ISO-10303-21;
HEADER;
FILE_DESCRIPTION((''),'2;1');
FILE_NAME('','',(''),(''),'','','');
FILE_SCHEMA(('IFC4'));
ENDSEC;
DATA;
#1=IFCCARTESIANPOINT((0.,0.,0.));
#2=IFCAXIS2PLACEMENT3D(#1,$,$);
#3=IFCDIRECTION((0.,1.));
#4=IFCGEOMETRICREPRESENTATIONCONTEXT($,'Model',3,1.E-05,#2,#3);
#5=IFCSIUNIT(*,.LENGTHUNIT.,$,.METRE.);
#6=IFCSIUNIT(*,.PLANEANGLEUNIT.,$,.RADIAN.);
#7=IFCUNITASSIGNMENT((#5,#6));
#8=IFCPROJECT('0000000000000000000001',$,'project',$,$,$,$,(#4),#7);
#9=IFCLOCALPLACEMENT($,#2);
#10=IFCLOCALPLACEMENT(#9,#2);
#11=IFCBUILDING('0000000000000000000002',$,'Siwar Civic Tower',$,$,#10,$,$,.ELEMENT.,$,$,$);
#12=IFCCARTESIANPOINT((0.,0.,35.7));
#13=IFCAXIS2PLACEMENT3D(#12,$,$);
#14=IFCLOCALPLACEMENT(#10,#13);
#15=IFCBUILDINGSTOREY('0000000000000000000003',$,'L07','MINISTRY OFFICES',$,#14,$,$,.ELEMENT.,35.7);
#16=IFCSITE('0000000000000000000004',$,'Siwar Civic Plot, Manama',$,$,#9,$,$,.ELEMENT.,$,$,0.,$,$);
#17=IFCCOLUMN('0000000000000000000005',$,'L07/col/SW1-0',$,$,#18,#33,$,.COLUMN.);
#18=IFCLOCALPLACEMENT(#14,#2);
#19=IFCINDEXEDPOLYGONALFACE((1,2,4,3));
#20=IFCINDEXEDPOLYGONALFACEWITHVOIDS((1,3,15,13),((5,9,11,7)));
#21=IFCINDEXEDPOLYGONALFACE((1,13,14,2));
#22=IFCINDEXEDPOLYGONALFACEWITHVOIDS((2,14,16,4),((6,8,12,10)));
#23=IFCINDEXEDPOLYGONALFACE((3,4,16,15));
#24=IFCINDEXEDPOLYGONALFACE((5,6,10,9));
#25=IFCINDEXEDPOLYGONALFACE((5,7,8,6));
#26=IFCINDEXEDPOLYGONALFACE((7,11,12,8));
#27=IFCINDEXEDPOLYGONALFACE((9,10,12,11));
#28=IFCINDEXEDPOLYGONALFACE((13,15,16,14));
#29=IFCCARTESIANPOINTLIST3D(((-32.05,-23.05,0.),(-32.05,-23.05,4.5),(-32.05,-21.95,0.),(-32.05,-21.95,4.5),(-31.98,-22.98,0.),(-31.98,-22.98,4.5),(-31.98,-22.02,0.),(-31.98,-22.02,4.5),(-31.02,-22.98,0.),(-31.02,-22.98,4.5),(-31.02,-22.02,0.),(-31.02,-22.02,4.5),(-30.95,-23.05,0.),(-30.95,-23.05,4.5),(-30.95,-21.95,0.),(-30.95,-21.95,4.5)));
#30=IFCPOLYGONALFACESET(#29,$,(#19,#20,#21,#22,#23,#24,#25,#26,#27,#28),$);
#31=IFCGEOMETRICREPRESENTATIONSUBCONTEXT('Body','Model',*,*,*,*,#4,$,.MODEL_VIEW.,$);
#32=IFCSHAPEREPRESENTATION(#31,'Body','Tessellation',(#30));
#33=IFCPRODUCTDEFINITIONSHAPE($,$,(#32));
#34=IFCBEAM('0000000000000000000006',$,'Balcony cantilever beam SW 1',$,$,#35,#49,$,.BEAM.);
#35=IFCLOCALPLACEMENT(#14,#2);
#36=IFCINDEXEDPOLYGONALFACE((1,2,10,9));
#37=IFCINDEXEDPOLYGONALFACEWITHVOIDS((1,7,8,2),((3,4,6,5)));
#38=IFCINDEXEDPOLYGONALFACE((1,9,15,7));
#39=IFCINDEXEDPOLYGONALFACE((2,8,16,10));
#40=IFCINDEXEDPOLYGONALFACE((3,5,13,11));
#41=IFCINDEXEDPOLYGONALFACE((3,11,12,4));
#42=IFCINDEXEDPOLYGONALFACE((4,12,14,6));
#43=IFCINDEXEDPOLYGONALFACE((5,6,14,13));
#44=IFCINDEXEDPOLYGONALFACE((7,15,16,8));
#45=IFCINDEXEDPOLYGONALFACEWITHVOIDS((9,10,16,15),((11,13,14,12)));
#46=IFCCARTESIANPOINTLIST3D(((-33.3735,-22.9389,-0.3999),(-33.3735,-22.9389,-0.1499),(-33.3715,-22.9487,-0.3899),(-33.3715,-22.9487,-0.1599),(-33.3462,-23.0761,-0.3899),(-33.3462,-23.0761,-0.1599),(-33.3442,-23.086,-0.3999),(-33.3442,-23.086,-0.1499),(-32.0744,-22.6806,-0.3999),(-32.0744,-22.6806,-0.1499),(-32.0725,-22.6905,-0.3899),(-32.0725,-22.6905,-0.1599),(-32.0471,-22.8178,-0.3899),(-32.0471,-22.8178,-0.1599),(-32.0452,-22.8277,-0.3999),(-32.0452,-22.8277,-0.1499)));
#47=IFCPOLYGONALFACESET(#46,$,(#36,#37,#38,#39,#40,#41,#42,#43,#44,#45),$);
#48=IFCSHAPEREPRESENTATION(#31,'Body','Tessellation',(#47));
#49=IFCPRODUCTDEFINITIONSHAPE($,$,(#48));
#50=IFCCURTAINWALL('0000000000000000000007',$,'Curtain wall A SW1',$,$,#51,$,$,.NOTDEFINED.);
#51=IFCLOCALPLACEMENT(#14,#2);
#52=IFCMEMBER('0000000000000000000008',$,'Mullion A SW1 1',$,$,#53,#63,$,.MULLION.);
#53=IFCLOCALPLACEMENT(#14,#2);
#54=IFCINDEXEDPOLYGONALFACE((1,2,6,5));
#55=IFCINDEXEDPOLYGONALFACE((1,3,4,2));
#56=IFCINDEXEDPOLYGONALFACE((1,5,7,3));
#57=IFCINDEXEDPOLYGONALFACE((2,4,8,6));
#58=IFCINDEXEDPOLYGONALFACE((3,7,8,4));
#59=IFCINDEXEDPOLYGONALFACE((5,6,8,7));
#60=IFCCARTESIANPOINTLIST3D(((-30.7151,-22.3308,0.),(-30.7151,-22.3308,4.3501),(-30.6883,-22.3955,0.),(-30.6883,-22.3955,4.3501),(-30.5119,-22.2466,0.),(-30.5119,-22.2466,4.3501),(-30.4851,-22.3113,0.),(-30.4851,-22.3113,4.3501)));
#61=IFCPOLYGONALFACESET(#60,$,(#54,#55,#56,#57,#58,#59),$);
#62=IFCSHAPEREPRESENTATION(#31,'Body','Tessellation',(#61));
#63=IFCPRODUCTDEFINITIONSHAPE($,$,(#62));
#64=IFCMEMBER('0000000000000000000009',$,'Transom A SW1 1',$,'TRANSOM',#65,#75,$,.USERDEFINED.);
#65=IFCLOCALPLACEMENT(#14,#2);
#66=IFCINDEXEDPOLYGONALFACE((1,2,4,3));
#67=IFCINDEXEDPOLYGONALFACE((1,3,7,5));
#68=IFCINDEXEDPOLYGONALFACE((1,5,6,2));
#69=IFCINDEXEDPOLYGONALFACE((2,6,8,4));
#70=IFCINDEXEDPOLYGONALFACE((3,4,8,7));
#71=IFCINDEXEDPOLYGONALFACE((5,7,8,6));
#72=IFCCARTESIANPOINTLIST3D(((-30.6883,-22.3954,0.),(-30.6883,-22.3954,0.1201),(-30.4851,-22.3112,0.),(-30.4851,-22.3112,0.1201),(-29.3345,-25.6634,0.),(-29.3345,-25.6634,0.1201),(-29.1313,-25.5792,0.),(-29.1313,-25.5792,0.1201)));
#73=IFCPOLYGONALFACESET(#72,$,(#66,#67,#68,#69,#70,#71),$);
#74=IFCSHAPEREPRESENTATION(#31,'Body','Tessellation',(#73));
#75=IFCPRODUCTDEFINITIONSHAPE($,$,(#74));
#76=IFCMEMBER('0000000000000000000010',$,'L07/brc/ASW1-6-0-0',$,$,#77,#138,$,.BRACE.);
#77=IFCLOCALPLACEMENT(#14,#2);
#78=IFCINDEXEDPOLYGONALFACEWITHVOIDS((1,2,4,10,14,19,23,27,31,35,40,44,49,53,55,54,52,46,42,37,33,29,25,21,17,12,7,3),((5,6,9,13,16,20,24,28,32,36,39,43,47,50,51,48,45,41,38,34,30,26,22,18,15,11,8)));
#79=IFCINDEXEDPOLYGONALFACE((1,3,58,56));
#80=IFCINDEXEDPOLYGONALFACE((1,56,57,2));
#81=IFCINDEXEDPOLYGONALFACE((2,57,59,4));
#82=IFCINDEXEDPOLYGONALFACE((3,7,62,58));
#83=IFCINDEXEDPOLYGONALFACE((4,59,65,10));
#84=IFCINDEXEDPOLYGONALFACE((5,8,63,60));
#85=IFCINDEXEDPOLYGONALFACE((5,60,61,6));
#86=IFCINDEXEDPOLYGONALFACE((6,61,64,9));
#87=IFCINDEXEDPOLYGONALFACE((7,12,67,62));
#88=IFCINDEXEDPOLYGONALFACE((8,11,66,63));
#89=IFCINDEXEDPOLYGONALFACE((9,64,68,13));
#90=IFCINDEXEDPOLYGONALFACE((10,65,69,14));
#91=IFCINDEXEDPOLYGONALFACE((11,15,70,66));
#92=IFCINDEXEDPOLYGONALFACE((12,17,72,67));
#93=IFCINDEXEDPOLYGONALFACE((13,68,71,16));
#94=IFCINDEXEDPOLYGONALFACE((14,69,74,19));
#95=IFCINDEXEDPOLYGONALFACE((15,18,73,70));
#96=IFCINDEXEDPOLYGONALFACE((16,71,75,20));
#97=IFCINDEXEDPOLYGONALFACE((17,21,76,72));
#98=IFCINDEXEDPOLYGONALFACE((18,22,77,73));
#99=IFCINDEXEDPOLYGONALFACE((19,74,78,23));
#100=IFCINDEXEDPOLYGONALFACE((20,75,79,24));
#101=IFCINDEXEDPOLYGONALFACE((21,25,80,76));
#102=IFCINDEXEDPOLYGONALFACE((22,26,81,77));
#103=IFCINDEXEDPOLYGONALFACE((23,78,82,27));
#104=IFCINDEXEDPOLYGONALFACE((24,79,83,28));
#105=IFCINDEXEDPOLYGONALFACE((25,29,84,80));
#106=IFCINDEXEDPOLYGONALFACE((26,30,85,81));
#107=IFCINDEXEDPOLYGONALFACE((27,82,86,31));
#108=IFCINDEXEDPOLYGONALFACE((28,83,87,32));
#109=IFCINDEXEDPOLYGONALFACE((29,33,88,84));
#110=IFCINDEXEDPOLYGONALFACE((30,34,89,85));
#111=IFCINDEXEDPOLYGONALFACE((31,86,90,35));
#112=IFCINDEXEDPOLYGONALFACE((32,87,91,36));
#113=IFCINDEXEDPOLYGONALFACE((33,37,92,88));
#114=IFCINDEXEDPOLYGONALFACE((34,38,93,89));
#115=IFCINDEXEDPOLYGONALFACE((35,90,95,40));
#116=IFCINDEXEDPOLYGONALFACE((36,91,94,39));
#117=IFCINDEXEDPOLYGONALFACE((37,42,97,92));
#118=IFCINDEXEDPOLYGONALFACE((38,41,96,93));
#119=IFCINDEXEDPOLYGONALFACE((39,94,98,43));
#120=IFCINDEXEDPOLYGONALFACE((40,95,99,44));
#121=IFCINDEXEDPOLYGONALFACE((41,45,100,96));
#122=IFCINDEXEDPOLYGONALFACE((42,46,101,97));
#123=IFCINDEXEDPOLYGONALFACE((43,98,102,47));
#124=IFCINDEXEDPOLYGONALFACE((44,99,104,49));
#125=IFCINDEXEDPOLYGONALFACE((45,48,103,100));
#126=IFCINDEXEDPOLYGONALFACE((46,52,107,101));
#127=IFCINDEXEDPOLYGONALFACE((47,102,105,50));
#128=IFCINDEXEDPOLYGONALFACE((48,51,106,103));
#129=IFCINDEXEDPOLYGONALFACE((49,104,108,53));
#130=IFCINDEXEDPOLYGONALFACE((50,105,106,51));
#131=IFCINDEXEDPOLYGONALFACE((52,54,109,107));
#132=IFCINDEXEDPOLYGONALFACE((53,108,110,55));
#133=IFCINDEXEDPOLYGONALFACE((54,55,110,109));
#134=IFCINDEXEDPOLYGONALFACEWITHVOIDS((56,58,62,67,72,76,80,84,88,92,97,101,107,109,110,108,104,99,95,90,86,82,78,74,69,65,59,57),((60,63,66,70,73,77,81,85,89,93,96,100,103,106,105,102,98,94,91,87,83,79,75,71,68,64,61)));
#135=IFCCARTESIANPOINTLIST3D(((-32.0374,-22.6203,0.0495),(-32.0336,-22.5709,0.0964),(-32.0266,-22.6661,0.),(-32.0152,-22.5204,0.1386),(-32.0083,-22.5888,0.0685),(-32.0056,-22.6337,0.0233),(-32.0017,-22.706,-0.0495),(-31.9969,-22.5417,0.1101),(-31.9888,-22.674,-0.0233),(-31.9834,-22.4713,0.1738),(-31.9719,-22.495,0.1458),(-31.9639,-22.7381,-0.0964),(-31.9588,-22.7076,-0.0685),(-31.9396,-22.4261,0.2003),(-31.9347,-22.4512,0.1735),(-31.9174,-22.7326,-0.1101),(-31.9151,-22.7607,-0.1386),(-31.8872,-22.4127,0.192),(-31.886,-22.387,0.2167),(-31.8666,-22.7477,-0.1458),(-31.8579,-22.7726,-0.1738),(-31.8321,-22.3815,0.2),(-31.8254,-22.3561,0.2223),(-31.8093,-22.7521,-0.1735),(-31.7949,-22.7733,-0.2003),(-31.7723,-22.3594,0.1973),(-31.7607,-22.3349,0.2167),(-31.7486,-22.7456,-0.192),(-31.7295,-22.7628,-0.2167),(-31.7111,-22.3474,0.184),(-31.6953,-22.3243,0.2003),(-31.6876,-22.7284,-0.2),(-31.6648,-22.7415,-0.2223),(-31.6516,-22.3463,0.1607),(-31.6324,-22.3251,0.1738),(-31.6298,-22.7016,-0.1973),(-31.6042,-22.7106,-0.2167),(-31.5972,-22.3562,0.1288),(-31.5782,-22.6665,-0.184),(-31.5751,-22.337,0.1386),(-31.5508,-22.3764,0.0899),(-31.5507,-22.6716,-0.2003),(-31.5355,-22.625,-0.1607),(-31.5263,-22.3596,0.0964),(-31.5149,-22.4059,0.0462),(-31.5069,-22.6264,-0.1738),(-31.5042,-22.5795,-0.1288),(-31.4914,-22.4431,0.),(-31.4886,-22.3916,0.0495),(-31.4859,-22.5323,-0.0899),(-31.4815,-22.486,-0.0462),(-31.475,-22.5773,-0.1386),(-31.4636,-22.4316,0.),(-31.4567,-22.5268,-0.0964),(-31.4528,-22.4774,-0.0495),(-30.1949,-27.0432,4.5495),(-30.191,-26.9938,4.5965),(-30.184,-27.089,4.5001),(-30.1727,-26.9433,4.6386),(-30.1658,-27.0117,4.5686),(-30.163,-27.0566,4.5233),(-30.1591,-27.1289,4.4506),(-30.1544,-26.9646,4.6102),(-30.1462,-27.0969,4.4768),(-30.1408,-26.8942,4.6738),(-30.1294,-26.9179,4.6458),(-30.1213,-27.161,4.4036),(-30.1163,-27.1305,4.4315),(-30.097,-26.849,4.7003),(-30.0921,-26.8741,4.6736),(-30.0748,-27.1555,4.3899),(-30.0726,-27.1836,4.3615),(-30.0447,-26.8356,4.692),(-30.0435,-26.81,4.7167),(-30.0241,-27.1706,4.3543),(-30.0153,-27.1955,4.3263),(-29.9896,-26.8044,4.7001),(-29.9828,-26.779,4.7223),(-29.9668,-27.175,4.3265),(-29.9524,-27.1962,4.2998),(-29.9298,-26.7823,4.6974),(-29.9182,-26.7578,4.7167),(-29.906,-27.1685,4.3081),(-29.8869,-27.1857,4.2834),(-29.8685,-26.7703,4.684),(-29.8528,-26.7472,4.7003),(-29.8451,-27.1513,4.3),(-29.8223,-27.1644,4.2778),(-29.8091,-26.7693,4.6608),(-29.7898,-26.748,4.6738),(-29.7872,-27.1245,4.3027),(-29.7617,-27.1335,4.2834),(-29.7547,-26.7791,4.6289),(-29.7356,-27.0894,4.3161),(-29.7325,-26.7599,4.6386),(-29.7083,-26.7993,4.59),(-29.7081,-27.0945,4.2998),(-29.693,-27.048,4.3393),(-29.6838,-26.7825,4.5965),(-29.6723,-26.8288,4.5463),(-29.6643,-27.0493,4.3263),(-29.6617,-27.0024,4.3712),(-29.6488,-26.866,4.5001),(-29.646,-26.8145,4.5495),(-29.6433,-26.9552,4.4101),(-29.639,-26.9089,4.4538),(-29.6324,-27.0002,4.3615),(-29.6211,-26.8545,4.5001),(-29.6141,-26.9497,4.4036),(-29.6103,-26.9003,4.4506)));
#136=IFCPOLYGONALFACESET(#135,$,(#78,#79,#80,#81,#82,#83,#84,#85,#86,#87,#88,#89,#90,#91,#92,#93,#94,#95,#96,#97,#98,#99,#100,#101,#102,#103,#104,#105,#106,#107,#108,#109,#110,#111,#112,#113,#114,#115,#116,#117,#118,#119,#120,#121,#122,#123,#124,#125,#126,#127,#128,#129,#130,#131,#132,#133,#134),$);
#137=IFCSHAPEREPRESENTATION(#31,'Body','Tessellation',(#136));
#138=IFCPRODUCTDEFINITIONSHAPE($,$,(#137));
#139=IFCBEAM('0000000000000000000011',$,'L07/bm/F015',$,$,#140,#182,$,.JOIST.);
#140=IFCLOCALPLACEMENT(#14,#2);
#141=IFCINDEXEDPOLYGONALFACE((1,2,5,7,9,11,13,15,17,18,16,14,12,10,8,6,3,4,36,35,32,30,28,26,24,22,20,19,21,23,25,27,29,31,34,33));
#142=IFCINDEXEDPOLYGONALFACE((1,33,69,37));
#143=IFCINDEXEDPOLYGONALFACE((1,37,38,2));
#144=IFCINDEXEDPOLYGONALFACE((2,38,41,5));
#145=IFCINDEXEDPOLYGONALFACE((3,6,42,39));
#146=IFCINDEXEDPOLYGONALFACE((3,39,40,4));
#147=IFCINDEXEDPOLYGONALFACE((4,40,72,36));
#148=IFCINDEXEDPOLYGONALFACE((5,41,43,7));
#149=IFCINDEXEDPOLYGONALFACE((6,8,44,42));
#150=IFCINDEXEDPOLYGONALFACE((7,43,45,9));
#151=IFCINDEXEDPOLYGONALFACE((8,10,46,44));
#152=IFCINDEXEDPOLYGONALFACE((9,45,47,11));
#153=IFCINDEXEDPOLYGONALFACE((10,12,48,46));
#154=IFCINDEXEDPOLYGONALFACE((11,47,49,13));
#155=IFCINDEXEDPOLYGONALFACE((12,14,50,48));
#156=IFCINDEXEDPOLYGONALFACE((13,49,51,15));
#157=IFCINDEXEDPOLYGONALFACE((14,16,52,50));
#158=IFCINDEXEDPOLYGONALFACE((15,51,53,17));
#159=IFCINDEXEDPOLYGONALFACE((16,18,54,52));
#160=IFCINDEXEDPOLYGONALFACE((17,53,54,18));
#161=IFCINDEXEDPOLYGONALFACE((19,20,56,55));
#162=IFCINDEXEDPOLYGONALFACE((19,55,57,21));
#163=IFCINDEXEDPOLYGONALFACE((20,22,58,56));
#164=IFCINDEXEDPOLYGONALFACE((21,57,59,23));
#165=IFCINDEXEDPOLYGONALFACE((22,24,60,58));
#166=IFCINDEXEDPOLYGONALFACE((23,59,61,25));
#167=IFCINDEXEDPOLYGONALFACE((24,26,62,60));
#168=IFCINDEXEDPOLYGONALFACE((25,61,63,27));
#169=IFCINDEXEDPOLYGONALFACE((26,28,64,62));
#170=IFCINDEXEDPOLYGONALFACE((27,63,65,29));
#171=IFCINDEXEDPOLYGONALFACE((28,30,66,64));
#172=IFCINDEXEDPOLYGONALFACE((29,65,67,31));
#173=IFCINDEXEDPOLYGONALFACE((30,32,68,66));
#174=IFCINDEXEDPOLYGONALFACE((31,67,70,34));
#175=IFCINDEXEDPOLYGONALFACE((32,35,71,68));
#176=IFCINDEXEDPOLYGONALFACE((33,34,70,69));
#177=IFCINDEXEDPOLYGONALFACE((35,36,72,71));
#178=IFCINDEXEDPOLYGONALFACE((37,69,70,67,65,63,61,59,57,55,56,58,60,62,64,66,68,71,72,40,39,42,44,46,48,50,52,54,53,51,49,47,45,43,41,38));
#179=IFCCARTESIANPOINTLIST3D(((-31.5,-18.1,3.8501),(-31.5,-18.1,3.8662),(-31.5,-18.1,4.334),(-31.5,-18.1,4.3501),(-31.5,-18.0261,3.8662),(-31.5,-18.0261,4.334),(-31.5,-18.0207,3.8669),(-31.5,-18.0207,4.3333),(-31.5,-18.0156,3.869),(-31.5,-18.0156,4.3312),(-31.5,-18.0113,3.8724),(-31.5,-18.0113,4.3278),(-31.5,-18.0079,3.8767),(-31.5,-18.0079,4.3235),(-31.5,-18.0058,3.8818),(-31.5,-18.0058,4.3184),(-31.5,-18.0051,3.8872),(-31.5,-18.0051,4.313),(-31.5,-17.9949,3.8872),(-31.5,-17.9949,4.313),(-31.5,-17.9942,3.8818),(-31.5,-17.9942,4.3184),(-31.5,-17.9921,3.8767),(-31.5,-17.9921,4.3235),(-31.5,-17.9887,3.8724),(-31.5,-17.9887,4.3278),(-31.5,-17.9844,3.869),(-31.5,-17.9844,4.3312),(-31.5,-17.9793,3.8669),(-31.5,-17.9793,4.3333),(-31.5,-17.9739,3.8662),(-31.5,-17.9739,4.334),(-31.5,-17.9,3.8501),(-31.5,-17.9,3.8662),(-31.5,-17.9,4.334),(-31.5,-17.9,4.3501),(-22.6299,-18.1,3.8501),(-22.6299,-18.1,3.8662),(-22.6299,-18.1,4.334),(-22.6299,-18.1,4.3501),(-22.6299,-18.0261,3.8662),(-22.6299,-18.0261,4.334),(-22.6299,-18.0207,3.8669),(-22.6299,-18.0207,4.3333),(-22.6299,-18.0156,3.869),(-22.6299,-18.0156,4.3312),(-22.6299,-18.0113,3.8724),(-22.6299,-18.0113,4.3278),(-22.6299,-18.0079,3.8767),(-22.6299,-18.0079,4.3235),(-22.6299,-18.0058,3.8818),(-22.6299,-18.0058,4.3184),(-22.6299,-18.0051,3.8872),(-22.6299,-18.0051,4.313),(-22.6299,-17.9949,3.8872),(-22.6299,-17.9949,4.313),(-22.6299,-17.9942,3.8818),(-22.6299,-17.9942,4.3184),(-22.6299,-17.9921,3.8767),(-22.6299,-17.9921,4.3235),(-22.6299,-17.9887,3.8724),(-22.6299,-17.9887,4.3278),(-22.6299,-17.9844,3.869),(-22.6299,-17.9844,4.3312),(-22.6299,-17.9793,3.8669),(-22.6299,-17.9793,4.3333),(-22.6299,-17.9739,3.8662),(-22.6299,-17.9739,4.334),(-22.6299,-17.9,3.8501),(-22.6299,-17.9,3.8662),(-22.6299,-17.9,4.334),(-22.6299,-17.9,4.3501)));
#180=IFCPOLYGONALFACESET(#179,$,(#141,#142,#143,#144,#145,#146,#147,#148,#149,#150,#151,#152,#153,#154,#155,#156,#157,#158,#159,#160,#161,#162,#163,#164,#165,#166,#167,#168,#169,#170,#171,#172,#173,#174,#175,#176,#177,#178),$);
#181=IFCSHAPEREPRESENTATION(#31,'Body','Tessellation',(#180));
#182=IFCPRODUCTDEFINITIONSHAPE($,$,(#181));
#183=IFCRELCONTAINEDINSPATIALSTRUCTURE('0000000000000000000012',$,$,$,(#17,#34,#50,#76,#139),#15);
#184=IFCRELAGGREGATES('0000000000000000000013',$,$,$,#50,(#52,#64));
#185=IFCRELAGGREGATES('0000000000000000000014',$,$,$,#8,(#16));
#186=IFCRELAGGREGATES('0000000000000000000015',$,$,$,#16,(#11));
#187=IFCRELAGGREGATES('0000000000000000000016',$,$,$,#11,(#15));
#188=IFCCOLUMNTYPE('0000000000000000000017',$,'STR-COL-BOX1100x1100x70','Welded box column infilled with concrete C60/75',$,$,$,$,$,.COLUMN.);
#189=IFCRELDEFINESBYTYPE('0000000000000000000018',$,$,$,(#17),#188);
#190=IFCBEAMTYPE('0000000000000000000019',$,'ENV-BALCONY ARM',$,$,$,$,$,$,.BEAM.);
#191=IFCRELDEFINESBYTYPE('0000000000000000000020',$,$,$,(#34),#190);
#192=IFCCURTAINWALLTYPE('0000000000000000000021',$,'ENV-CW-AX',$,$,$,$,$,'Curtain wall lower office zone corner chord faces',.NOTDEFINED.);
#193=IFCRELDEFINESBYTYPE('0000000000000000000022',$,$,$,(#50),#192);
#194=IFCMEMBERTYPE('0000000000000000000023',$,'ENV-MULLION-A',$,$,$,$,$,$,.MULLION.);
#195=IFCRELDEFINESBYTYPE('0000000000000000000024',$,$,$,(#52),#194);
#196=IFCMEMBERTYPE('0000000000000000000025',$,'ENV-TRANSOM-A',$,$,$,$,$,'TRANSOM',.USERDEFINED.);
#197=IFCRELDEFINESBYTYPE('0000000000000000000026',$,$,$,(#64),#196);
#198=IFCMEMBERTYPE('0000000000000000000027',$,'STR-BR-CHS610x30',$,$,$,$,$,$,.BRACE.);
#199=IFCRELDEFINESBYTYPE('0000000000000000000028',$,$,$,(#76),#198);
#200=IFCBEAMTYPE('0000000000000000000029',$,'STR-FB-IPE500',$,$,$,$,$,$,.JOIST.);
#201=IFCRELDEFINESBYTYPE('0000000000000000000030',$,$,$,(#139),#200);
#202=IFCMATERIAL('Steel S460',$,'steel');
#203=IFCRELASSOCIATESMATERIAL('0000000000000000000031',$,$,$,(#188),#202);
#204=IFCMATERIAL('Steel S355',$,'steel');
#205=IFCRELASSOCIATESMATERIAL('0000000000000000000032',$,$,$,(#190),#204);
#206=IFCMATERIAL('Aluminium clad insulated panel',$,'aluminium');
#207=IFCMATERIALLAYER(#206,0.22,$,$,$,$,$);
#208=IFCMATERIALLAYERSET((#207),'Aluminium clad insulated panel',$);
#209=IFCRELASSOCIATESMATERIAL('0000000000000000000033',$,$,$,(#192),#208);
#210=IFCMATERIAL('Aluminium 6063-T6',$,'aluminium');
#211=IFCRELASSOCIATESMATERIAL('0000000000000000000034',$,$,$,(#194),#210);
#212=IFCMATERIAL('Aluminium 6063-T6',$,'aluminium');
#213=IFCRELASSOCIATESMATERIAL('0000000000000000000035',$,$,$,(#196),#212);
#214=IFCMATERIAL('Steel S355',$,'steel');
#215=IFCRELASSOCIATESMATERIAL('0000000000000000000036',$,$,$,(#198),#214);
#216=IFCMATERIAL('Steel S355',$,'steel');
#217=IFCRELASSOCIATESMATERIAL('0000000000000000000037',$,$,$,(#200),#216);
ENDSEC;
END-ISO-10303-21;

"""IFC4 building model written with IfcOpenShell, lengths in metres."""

from ifc_helpers import new_model, si_unit, direction, frame, origin, origin_2d, place, context, subcontext, project, spatial, rectangle, hollow_rectangle, hollow_circle, i_section, extrude, material, layer, layer_set, material_profile, profile_set, type_object, element, aggregate, save


model = new_model("IFC4")

# Units and contexts
model_context = context("Model", 3, precision=1e-05, world=origin(), true_north=direction((0.0, 1.0)))
body_context = subcontext(model_context, "Body", "Model", "MODEL_VIEW")
ifc_project = project(units=[si_unit("LENGTHUNIT", "METRE"), si_unit("PLANEANGLEUNIT", "RADIAN")], contexts=[model_context])

# Site, building, storey
site_placement = place(None, origin())
site = spatial("IfcSite", under=ifc_project, at=site_placement, Name="Siwar Civic Plot, Manama", CompositionType="ELEMENT", RefElevation=0.0)
building_placement = place(site_placement, origin())
building = spatial("IfcBuilding", under=site, at=building_placement, Name="Siwar Civic Tower", CompositionType="ELEMENT")
storey_placement = place(building_placement, frame((0.0, 0.0, 35.7)))
storey = spatial("IfcBuildingStorey", under=building, at=storey_placement, Name="L07", Description="MINISTRY OFFICES", CompositionType="ELEMENT", Elevation=35.7)

# Column
ifc_material_1 = material(Name="Steel S460", Category="steel")
ifc_material_profile_1 = material_profile(ifc_material_1, hollow_rectangle(XDim=1.1001, YDim=1.1001, WallThickness=0.0701, at=origin_2d()), Name="BOX1100x1100x70")
ifc_profile_set_1 = profile_set([ifc_material_profile_1], Name="Steel S460")
column_type = type_object("IfcColumnType", Name="STR-COL-BOX1100x1100x70", Description="Welded box column infilled with concrete C60/75", PredefinedType="COLUMN", material=ifc_profile_set_1)
column_placement = place(storey_placement, frame((-31.5, -22.5, 0.0), z_axis=(0.0, 0.0, 1.0), x_axis=(1.0, 0.0, 0.0)))
element("IfcColumn", 1, at=column_placement, inside=storey, type_object=column_type, Name="L07/col/SW1-0", PredefinedType="COLUMN", context=body_context, shape_type="SweptSolid", body=[
    extrude(hollow_rectangle(XDim=1.1001, YDim=1.1001, WallThickness=0.0701, at=origin_2d()), origin(), (0.0, 0.0, 1.0), 4.5),
])

# Beam
ifc_material_2 = material(Name="Steel S355", Category="steel")
ifc_material_profile_2 = material_profile(ifc_material_2, hollow_rectangle(XDim=0.1499, YDim=0.25, WallThickness=0.01, at=origin_2d()), Name="RHS250x150x10")
ifc_profile_set_2 = profile_set([ifc_material_profile_2], Name="Steel S355")
beam_type_1 = type_object("IfcBeamType", Name="ENV-BALCONY ARM", PredefinedType="BEAM", material=ifc_profile_set_2)
beam_1_placement = place(storey_placement, frame((-32.0598, -22.7542, -0.2749), z_axis=(-0.9808, -0.195017, 0.0), x_axis=(0.195017, -0.9808, 0.0)))
element("IfcBeam", 2, at=beam_1_placement, inside=storey, type_object=beam_type_1, Name="Balcony cantilever beam SW 1", PredefinedType="BEAM", context=body_context, shape_type="SweptSolid", body=[
    extrude(hollow_rectangle(XDim=0.1499, YDim=0.25, WallThickness=0.01, at=origin_2d()), origin(), (0.0, 0.0, 1.0), 1.3245),
])

# Curtain wall, members
ifc_material_3 = material(Name="Aluminium clad insulated panel", Category="aluminium")
ifc_layer_1 = layer(ifc_material_3, 0.22)
ifc_layer_set_1 = layer_set([ifc_layer_1], Name="Aluminium clad insulated panel")
curtain_wall_type_1 = type_object("IfcCurtainWallType", Name="ENV-CW-AX", ElementType="Curtain wall lower office zone corner chord faces", PredefinedType="NOTDEFINED", material=ifc_layer_set_1)
curtain_wall_1_placement = place(storey_placement, origin())
curtain_wall_1 = element("IfcCurtainWall", 3, at=curtain_wall_1_placement, inside=storey, type_object=curtain_wall_type_1, Name="Curtain wall A SW1", PredefinedType="NOTDEFINED")
ifc_material_4 = material(Name="Aluminium 6063-T6", Category="aluminium")
ifc_material_profile_3 = material_profile(ifc_material_4, rectangle(XDim=0.22, YDim=0.0701, at=origin_2d()), Name="AL 220x70")
ifc_profile_set_3 = profile_set([ifc_material_profile_3], Name="Aluminium 6063-T6")
member_type_1 = type_object("IfcMemberType", Name="ENV-MULLION-A", PredefinedType="MULLION", material=ifc_profile_set_3)
member_1_placement = place(storey_placement, frame((-30.6001, -22.321, 0.0), z_axis=(0.0, 0.0, 1.0), x_axis=(0.92388, 0.382683, 0.0)))
member_1 = element("IfcMember", 4, at=member_1_placement, type_object=member_type_1, Name="Mullion A SW1 1", PredefinedType="MULLION", context=body_context, shape_type="SweptSolid", body=[
    extrude(rectangle(XDim=0.22, YDim=0.0701, at=origin_2d()), origin(), (0.0, 0.0, 1.0), 4.3501),
])
ifc_material_5 = material(Name="Aluminium 6063-T6", Category="aluminium")
ifc_material_profile_4 = material_profile(ifc_material_5, rectangle(XDim=0.22, YDim=0.1201, at=origin_2d()), Name="AL 220x120")
ifc_profile_set_4 = profile_set([ifc_material_profile_4], Name="Aluminium 6063-T6")
member_type_2 = type_object("IfcMemberType", Name="ENV-TRANSOM-A", ElementType="TRANSOM", PredefinedType="USERDEFINED", material=ifc_profile_set_4)
member_2_placement = place(storey_placement, frame((-30.5867, -22.3533, 0.0601), z_axis=(0.382703, -0.923871, 0.0), x_axis=(0.923871, 0.382703, 0.0)))
member_2 = element("IfcMember", 5, at=member_2_placement, type_object=member_type_2, Name="Transom A SW1 1", ObjectType="TRANSOM", PredefinedType="USERDEFINED", context=body_context, shape_type="SweptSolid", body=[
    extrude(rectangle(XDim=0.22, YDim=0.1201, at=origin_2d()), origin(), (0.0, 0.0, 1.0), 3.5374),
])

# Member
ifc_material_6 = material(Name="Steel S355", Category="steel")
ifc_material_profile_5 = material_profile(ifc_material_6, hollow_circle(Radius=0.3049, WallThickness=0.03, at=origin_2d()), Name="CHS610x30")
ifc_profile_set_5 = profile_set([ifc_material_profile_5], Name="Steel S355")
member_type_3 = type_object("IfcMemberType", Name="STR-BR-CHS610x30", PredefinedType="BRACE", material=ifc_profile_set_5)
member_3_placement = place(storey_placement, frame((-31.7451, -22.5488, 0.0), z_axis=(0.280311, -0.672865, 0.684601), x_axis=(0.923101, 0.384557, 0.0)))
element("IfcMember", 6, at=member_3_placement, inside=storey, type_object=member_type_3, Name="L07/brc/ASW1-6-0-0", PredefinedType="BRACE", context=body_context, shape_type="SweptSolid", body=[
    extrude(hollow_circle(Radius=0.3049, WallThickness=0.03, at=origin_2d()), origin(), (0.0, 0.0, 1.0), 6.5732),
])

# Beam
ifc_material_7 = material(Name="Steel S355", Category="steel")
ifc_material_profile_6 = material_profile(ifc_material_7, i_section(OverallWidth=0.2, OverallDepth=0.5, WebThickness=0.0103, FlangeThickness=0.0161, FilletRadius=0.021, at=origin_2d()), Name="IPE500")
ifc_profile_set_6 = profile_set([ifc_material_profile_6], Name="Steel S355")
beam_type_2 = type_object("IfcBeamType", Name="STR-FB-IPE500", PredefinedType="JOIST", material=ifc_profile_set_6)
beam_2_placement = place(storey_placement, frame((-31.5, -18.0, 4.1001), z_axis=(1.0, 0.0, 0.0), x_axis=(0.0, 1.0, 0.0)))
element("IfcBeam", 7, at=beam_2_placement, inside=storey, type_object=beam_type_2, Name="L07/bm/F015", PredefinedType="JOIST", context=body_context, shape_type="SweptSolid", body=[
    extrude(i_section(OverallWidth=0.2, OverallDepth=0.5, WebThickness=0.0103, FlangeThickness=0.0161, FilletRadius=0.021, at=origin_2d()), origin(), (0.0, 0.0, 1.0), 8.8701),
])

aggregate(curtain_wall_1, [member_1, member_2])

save(model, "model.ifc")
